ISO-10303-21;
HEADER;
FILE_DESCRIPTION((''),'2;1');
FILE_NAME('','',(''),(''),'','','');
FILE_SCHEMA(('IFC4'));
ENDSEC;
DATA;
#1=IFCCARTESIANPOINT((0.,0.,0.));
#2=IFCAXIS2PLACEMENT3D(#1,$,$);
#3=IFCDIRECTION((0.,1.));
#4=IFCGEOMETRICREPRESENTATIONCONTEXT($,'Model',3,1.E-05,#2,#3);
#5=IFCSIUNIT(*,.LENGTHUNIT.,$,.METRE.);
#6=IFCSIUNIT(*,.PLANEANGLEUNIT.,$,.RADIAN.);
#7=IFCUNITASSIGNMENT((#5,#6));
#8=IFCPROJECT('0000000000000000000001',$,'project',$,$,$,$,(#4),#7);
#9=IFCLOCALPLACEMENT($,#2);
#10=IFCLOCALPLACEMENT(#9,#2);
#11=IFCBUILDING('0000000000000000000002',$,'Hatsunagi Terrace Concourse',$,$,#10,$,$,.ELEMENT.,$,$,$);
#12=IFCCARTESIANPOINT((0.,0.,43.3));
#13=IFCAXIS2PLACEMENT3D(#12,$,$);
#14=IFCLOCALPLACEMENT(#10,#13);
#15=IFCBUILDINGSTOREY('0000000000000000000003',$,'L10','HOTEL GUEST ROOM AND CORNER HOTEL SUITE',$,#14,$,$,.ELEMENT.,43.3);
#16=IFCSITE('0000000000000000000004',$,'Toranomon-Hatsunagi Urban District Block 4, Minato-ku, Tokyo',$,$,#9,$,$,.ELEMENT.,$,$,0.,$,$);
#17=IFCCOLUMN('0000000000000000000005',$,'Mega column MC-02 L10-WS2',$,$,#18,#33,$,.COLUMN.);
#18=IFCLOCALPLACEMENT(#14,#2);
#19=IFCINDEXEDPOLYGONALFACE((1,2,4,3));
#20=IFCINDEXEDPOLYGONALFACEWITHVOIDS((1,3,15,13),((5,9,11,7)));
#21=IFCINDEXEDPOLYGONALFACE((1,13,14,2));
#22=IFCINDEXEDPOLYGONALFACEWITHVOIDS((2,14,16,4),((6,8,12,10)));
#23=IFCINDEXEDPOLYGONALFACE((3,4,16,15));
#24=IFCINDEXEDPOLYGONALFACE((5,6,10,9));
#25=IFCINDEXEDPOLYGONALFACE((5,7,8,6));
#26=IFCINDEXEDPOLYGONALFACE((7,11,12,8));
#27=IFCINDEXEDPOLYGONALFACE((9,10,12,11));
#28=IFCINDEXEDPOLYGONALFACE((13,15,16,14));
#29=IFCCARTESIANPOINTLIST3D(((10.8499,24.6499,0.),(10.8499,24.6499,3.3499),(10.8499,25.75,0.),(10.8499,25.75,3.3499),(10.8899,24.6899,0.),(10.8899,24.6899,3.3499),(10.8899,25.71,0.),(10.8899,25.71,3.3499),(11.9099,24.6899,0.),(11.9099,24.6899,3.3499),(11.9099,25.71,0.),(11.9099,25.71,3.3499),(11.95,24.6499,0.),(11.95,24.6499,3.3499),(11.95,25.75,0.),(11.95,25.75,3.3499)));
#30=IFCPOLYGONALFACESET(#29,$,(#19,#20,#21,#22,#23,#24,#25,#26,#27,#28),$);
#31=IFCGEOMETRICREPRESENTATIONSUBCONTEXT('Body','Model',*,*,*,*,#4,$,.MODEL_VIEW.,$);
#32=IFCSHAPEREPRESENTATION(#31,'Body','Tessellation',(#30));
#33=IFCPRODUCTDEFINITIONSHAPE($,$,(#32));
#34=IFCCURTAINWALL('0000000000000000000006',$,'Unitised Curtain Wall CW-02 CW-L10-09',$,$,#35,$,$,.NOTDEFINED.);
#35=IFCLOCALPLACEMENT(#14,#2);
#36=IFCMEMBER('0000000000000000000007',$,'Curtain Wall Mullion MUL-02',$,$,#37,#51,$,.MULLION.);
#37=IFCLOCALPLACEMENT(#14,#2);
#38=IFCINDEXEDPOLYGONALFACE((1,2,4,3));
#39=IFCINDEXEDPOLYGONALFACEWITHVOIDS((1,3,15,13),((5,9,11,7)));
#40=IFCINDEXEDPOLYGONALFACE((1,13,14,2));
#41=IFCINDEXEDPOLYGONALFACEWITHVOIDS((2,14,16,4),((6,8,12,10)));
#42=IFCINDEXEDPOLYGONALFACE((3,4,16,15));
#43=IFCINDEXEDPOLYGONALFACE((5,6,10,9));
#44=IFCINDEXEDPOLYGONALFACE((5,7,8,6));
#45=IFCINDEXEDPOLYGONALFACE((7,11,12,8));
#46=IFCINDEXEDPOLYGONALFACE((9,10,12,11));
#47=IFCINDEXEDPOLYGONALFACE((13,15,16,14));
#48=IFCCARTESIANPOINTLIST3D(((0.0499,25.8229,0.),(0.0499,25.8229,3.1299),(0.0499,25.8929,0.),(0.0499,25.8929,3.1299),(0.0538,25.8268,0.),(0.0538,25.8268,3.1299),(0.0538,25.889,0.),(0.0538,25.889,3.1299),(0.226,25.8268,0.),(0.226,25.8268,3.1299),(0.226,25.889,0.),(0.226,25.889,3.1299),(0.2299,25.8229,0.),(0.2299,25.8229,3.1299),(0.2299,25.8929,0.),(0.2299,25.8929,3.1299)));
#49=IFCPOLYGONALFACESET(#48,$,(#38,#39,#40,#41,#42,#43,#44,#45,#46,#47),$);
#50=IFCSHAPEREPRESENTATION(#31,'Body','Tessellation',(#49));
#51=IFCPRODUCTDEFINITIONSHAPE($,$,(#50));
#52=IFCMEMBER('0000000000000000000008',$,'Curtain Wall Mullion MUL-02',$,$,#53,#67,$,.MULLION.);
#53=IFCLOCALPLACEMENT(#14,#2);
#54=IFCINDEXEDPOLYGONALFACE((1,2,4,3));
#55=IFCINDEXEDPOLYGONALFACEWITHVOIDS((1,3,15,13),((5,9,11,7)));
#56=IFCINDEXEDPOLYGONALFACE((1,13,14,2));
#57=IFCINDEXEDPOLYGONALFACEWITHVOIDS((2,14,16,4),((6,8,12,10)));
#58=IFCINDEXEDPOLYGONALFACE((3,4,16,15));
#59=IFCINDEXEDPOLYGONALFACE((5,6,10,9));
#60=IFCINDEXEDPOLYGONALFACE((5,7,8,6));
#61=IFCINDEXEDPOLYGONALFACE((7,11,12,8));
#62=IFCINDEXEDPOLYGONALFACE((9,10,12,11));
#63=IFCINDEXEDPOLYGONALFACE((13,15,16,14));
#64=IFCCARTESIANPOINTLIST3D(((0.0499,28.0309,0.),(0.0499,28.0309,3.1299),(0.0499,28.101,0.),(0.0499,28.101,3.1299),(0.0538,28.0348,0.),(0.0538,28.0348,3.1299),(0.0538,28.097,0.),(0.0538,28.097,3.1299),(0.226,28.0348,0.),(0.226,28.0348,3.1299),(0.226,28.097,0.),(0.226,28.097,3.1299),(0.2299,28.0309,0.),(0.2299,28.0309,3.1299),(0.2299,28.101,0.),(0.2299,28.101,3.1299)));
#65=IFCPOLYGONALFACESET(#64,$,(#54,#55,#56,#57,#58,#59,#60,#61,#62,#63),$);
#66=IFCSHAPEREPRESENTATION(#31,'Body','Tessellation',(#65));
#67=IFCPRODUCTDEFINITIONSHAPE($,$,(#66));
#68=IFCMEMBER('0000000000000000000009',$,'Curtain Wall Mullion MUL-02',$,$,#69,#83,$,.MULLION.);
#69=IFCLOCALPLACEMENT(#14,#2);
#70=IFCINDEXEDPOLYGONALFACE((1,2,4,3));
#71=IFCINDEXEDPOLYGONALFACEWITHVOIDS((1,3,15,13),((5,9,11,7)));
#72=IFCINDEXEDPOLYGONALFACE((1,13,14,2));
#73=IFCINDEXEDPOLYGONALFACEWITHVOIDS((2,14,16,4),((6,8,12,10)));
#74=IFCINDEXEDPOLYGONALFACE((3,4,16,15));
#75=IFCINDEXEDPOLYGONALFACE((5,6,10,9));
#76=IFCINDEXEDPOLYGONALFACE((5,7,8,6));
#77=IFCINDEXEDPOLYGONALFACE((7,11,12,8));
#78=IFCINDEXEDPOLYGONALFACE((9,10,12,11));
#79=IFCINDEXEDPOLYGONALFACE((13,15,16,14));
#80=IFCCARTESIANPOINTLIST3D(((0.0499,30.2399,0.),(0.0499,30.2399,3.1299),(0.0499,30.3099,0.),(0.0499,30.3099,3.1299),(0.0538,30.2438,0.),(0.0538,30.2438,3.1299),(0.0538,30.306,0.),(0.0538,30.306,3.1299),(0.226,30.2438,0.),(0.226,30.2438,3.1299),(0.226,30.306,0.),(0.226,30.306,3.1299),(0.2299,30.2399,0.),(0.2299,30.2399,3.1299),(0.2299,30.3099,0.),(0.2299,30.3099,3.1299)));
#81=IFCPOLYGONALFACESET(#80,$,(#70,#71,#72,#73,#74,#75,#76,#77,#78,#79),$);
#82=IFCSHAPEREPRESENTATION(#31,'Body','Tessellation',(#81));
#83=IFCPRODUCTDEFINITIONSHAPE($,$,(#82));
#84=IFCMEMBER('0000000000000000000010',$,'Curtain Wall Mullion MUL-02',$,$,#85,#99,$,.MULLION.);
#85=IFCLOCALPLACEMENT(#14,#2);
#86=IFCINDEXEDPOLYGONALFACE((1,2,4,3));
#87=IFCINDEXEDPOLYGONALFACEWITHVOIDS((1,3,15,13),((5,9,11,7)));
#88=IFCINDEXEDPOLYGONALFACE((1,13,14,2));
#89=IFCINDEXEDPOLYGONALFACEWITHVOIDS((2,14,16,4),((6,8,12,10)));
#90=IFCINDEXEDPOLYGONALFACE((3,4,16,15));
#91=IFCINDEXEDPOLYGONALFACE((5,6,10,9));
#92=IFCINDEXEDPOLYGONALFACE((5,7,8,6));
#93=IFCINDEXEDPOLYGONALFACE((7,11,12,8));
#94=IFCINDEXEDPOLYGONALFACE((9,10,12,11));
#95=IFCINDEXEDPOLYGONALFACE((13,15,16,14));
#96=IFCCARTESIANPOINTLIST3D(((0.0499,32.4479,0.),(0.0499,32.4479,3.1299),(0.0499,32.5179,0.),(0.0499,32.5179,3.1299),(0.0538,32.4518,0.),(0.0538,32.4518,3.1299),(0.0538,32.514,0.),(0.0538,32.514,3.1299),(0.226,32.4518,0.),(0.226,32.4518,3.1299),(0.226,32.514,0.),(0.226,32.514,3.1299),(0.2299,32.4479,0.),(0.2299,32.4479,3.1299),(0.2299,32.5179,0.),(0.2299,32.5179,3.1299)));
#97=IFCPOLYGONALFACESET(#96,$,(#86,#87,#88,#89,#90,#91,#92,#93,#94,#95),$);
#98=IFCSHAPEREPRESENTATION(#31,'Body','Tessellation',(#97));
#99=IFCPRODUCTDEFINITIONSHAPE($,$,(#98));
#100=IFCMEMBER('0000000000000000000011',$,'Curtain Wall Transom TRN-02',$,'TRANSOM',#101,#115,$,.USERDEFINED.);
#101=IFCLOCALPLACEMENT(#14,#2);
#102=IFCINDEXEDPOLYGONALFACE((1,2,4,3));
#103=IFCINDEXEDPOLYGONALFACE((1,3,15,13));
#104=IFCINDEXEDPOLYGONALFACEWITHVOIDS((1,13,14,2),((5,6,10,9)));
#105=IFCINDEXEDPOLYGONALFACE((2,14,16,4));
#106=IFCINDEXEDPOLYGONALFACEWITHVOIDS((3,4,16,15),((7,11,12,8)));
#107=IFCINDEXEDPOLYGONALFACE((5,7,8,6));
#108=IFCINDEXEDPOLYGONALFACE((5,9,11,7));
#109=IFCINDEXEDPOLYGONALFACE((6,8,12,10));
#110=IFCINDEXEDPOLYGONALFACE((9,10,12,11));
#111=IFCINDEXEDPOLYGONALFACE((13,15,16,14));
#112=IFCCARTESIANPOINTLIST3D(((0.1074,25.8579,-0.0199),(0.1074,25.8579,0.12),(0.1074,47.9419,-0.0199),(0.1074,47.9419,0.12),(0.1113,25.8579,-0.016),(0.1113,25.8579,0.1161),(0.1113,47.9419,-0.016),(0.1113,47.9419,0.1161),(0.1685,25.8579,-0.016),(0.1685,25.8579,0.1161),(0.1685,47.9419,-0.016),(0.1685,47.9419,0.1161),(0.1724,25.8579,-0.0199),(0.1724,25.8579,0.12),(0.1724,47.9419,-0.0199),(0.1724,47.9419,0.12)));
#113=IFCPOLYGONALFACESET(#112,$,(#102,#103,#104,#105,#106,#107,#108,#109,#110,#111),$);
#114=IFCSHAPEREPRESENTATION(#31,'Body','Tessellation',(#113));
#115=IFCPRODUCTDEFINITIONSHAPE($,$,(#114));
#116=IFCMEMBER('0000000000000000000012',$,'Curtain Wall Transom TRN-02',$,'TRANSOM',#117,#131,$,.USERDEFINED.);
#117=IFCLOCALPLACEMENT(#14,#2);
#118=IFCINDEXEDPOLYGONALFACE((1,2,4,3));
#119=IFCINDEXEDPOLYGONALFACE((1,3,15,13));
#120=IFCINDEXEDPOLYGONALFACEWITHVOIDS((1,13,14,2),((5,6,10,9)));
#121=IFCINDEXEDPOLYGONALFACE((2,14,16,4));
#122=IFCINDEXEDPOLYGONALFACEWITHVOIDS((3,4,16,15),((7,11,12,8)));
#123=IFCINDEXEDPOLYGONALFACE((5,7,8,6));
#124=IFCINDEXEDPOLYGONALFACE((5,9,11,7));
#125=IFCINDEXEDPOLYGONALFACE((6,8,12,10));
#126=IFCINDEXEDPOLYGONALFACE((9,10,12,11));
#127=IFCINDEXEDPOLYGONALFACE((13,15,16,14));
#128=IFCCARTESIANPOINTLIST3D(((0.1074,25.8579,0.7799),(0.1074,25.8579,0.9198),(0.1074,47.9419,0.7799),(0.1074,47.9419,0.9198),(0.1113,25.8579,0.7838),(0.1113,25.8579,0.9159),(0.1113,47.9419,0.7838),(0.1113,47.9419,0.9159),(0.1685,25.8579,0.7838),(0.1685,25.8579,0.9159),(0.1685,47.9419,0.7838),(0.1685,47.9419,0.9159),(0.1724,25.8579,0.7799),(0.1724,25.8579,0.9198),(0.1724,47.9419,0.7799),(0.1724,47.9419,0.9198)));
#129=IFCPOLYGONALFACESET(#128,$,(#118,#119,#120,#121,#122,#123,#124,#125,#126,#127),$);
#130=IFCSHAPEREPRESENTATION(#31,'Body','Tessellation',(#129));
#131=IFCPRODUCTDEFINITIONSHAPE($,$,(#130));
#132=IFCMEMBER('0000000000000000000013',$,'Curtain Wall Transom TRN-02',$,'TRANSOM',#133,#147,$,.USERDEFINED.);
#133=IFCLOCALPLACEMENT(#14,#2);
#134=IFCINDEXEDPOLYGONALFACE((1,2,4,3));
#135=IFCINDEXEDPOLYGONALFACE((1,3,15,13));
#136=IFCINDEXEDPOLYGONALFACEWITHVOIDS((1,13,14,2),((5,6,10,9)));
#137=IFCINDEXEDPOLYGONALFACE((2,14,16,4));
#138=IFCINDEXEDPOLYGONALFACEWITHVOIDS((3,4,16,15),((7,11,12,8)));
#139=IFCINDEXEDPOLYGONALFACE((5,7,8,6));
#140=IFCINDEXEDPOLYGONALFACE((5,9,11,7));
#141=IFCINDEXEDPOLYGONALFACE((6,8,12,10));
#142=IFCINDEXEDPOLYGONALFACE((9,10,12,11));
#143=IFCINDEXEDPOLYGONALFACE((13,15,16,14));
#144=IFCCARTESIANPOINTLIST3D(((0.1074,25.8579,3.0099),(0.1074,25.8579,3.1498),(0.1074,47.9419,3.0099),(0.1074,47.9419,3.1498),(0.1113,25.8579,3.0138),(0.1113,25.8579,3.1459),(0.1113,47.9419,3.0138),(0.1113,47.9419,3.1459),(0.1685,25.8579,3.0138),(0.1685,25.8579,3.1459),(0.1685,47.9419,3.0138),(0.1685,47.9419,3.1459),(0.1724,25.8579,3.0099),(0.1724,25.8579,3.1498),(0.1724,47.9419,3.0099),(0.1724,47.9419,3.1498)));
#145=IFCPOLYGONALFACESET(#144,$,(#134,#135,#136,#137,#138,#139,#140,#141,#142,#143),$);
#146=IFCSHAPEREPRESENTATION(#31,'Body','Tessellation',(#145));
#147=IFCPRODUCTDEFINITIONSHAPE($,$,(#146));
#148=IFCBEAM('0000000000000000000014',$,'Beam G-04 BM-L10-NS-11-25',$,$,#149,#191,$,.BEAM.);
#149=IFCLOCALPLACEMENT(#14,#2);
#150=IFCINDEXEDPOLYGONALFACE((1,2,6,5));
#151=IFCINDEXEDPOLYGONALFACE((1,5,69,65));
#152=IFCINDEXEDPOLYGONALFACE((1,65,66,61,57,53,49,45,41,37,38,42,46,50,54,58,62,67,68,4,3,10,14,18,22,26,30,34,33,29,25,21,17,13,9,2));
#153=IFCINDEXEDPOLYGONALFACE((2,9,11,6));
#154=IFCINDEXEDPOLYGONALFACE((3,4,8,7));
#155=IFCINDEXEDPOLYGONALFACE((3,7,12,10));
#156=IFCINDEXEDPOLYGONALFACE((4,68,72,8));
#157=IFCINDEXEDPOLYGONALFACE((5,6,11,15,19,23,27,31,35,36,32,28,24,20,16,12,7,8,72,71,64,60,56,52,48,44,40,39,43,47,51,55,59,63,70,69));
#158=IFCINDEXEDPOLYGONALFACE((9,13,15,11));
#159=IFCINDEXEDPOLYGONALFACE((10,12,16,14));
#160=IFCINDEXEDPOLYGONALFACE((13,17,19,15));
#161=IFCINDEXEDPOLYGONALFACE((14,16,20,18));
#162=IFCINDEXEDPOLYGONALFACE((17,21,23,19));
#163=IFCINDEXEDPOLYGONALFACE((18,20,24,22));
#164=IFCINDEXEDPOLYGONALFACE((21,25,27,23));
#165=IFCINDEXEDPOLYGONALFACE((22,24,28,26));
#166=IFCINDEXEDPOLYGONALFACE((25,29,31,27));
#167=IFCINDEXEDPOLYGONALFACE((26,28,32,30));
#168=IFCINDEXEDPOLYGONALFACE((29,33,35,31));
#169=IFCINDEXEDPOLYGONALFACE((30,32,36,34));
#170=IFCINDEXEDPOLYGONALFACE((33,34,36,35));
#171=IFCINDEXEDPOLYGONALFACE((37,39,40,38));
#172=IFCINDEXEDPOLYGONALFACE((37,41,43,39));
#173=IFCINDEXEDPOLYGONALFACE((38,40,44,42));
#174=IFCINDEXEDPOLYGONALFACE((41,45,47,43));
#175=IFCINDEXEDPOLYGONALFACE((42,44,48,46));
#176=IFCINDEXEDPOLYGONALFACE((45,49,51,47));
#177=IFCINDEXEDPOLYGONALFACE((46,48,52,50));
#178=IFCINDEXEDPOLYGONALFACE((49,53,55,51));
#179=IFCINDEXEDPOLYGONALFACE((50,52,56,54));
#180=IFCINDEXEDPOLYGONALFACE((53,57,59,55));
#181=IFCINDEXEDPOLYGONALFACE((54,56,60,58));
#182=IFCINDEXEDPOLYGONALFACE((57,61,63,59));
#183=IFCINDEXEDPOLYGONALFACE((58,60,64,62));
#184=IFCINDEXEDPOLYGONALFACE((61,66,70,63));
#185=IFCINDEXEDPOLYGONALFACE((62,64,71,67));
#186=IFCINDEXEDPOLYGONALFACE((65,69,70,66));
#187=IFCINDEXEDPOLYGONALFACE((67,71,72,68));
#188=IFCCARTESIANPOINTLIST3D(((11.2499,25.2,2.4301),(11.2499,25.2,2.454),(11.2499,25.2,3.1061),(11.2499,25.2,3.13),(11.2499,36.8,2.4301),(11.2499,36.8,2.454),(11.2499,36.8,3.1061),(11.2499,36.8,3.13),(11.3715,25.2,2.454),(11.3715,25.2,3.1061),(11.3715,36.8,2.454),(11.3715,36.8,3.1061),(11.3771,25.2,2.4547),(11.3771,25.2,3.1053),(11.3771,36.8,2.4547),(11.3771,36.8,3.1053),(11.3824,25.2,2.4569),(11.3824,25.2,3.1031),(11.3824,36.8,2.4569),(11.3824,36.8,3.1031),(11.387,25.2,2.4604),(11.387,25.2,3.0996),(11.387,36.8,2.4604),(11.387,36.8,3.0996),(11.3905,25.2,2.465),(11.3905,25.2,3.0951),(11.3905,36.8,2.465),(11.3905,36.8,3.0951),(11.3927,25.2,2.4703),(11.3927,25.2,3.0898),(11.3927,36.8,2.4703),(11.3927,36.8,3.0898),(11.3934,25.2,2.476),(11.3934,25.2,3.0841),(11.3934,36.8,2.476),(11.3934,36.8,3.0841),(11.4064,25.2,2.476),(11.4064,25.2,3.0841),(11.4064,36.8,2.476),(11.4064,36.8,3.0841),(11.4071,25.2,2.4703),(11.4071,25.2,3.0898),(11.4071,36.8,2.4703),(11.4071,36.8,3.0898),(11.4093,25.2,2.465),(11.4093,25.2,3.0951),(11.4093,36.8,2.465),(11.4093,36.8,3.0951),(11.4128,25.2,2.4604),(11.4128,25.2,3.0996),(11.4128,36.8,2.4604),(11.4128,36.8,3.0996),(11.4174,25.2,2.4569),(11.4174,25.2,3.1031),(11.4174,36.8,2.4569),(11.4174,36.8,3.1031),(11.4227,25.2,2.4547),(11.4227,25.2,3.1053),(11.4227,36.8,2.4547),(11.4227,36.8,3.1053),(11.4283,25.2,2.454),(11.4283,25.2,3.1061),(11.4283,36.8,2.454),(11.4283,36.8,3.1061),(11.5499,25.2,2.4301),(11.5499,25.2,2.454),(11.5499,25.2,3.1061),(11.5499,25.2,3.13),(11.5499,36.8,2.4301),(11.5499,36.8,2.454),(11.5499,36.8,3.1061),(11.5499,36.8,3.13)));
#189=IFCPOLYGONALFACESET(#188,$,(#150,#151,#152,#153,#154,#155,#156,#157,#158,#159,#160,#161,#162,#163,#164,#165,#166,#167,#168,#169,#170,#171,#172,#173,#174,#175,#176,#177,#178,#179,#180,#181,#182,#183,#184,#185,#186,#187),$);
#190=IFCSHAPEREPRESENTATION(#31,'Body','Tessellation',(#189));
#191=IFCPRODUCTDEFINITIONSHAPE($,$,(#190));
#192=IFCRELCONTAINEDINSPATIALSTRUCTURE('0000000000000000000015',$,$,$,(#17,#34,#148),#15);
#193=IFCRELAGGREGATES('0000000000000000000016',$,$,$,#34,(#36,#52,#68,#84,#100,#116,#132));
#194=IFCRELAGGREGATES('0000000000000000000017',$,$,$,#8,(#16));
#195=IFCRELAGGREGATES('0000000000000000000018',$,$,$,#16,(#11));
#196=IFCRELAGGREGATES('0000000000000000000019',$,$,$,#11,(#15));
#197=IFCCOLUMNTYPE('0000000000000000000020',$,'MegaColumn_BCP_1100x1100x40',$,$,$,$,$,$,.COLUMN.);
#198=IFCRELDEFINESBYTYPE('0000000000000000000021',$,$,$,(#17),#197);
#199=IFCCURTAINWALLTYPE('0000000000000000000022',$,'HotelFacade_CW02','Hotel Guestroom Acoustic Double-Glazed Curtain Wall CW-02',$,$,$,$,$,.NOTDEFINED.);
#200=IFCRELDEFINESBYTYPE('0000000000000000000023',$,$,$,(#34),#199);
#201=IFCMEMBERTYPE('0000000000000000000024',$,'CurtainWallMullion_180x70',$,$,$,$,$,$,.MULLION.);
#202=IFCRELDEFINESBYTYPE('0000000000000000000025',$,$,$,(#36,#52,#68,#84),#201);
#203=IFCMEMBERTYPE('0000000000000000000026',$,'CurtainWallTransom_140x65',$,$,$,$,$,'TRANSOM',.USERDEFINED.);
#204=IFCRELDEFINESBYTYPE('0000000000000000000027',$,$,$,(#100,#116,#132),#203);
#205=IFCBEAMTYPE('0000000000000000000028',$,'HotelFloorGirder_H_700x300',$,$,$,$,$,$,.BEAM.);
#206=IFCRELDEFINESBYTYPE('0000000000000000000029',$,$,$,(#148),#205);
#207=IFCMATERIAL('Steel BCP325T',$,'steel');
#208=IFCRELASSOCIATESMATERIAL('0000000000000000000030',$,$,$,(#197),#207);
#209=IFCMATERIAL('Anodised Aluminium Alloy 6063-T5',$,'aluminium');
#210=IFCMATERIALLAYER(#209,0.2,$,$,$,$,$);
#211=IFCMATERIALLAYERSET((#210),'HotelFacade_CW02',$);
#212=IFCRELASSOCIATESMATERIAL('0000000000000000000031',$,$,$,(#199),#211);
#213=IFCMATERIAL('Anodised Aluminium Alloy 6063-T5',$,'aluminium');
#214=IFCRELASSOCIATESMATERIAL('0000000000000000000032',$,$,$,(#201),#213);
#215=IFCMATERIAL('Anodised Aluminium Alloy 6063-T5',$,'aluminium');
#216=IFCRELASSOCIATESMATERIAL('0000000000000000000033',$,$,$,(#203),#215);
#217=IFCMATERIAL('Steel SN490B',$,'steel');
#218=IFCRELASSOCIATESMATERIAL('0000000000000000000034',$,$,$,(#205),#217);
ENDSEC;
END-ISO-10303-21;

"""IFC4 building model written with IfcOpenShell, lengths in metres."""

from ifc_helpers import new_model, si_unit, direction, frame, origin, origin_2d, place, context, subcontext, project, spatial, hollow_rectangle, i_section, extrude, material, layer, layer_set, material_profile, profile_set, type_object, element, aggregate, save


model = new_model("IFC4")

# Units and contexts
model_context = context("Model", 3, precision=1e-05, world=origin(), true_north=direction((0.0, 1.0)))
body_context = subcontext(model_context, "Body", "Model", "MODEL_VIEW")
ifc_project = project(units=[si_unit("LENGTHUNIT", "METRE"), si_unit("PLANEANGLEUNIT", "RADIAN")], contexts=[model_context])

# Site, building, storey
site_placement = place(None, origin())
site = spatial("IfcSite", under=ifc_project, at=site_placement, Name="Toranomon-Hatsunagi Urban District Block 4, Minato-ku, Tokyo", CompositionType="ELEMENT", RefElevation=0.0)
building_placement = place(site_placement, origin())
building = spatial("IfcBuilding", under=site, at=building_placement, Name="Hatsunagi Terrace Concourse", CompositionType="ELEMENT")
storey_placement = place(building_placement, frame((0.0, 0.0, 43.3)))
storey = spatial("IfcBuildingStorey", under=building, at=storey_placement, Name="L10", Description="HOTEL GUEST ROOM AND CORNER HOTEL SUITE", CompositionType="ELEMENT", Elevation=43.3)

# Column
ifc_material_1 = material(Name="Steel BCP325T", Category="steel")
ifc_material_profile_1 = material_profile(ifc_material_1, hollow_rectangle(XDim=1.1001, YDim=1.1001, WallThickness=0.04, at=origin_2d()), Name="BCP-1100x1100x40")
ifc_profile_set_1 = profile_set([ifc_material_profile_1], Name="Steel BCP325T")
column_type = type_object("IfcColumnType", Name="MegaColumn_BCP_1100x1100x40", PredefinedType="COLUMN", material=ifc_profile_set_1)
column_placement = place(storey_placement, frame((11.3999, 25.2, 0.0), z_axis=(0.0, 0.0, 1.0), x_axis=(1.0, 0.0, 0.0)))
element("IfcColumn", 1, at=column_placement, inside=storey, type_object=column_type, Name="Mega column MC-02 L10-WS2", PredefinedType="COLUMN", context=body_context, shape_type="SweptSolid", body=[
    extrude(hollow_rectangle(XDim=1.1001, YDim=1.1001, WallThickness=0.04, at=origin_2d()), origin(), (0.0, 0.0, 1.0), 3.3499),
])

# Curtain wall, members
ifc_material_2 = material(Name="Anodised Aluminium Alloy 6063-T5", Category="aluminium")
ifc_layer_1 = layer(ifc_material_2, 0.2)
ifc_layer_set_1 = layer_set([ifc_layer_1], Name="HotelFacade_CW02")
curtain_wall_type = type_object("IfcCurtainWallType", Name="HotelFacade_CW02", Description="Hotel Guestroom Acoustic Double-Glazed Curtain Wall CW-02", PredefinedType="NOTDEFINED", material=ifc_layer_set_1)
curtain_wall_placement = place(storey_placement, origin())
curtain_wall = element("IfcCurtainWall", 2, at=curtain_wall_placement, inside=storey, type_object=curtain_wall_type, Name="Unitised Curtain Wall CW-02 CW-L10-09", PredefinedType="NOTDEFINED")
ifc_material_3 = material(Name="Anodised Aluminium Alloy 6063-T5", Category="aluminium")
ifc_material_profile_2 = material_profile(ifc_material_3, hollow_rectangle(XDim=0.0701, YDim=0.1799, WallThickness=0.0039, at=origin_2d()), Name="ALU-MUL-180x70x4")
ifc_profile_set_2 = profile_set([ifc_material_profile_2], Name="Anodised Aluminium Alloy 6063-T5")
member_type_1 = type_object("IfcMemberType", Name="CurtainWallMullion_180x70", PredefinedType="MULLION", material=ifc_profile_set_2)
member_1_placement = place(storey_placement, frame((0.1399, 25.8579, 0.0), z_axis=(0.0, 0.0, 1.0), x_axis=(0.0, 1.0, 0.0)))
member_1 = element("IfcMember", 3, at=member_1_placement, type_object=member_type_1, Name="Curtain Wall Mullion MUL-02", PredefinedType="MULLION", context=body_context, shape_type="SweptSolid", body=[
    extrude(hollow_rectangle(XDim=0.0701, YDim=0.1799, WallThickness=0.0039, at=origin_2d()), origin(), (0.0, 0.0, 1.0), 3.1299),
])
member_2_placement = place(storey_placement, frame((0.1399, 28.0659, 0.0), z_axis=(0.0, 0.0, 1.0), x_axis=(0.0, 1.0, 0.0)))
member_2 = element("IfcMember", 4, at=member_2_placement, type_object=member_type_1, Name="Curtain Wall Mullion MUL-02", PredefinedType="MULLION", context=body_context, shape_type="SweptSolid", body=[
    extrude(hollow_rectangle(XDim=0.0701, YDim=0.1799, WallThickness=0.0039, at=origin_2d()), origin(), (0.0, 0.0, 1.0), 3.1299),
])
member_3_placement = place(storey_placement, frame((0.1399, 30.2749, 0.0), z_axis=(0.0, 0.0, 1.0), x_axis=(0.0, 1.0, 0.0)))
member_3 = element("IfcMember", 5, at=member_3_placement, type_object=member_type_1, Name="Curtain Wall Mullion MUL-02", PredefinedType="MULLION", context=body_context, shape_type="SweptSolid", body=[
    extrude(hollow_rectangle(XDim=0.0701, YDim=0.1799, WallThickness=0.0039, at=origin_2d()), origin(), (0.0, 0.0, 1.0), 3.1299),
])
member_4_placement = place(storey_placement, frame((0.1399, 32.4829, 0.0), z_axis=(0.0, 0.0, 1.0), x_axis=(0.0, 1.0, 0.0)))
member_4 = element("IfcMember", 6, at=member_4_placement, type_object=member_type_1, Name="Curtain Wall Mullion MUL-02", PredefinedType="MULLION", context=body_context, shape_type="SweptSolid", body=[
    extrude(hollow_rectangle(XDim=0.0701, YDim=0.1799, WallThickness=0.0039, at=origin_2d()), origin(), (0.0, 0.0, 1.0), 3.1299),
])
ifc_material_4 = material(Name="Anodised Aluminium Alloy 6063-T5", Category="aluminium")
ifc_material_profile_3 = material_profile(ifc_material_4, hollow_rectangle(XDim=0.0649, YDim=0.1399, WallThickness=0.0039, at=origin_2d()), Name="ALU-TRN-140x65x4")
ifc_profile_set_3 = profile_set([ifc_material_profile_3], Name="Anodised Aluminium Alloy 6063-T5")
member_type_2 = type_object("IfcMemberType", Name="CurtainWallTransom_140x65", ElementType="TRANSOM", PredefinedType="USERDEFINED", material=ifc_profile_set_3)
member_5_placement = place(storey_placement, frame((0.1399, 25.8579, 0.05), z_axis=(0.0, 1.0, 0.0), x_axis=(-1.0, 0.0, 0.0)))
member_5 = element("IfcMember", 7, at=member_5_placement, type_object=member_type_2, Name="Curtain Wall Transom TRN-02", ObjectType="TRANSOM", PredefinedType="USERDEFINED", context=body_context, shape_type="SweptSolid", body=[
    extrude(hollow_rectangle(XDim=0.0649, YDim=0.1399, WallThickness=0.0039, at=origin_2d()), origin(), (0.0, 0.0, 1.0), 22.084),
])
member_6_placement = place(storey_placement, frame((0.1399, 25.8579, 0.8499), z_axis=(0.0, 1.0, 0.0), x_axis=(-1.0, 0.0, 0.0)))
member_6 = element("IfcMember", 8, at=member_6_placement, type_object=member_type_2, Name="Curtain Wall Transom TRN-02", ObjectType="TRANSOM", PredefinedType="USERDEFINED", context=body_context, shape_type="SweptSolid", body=[
    extrude(hollow_rectangle(XDim=0.0649, YDim=0.1399, WallThickness=0.0039, at=origin_2d()), origin(), (0.0, 0.0, 1.0), 22.084),
])
member_7_placement = place(storey_placement, frame((0.1399, 25.8579, 3.0798), z_axis=(0.0, 1.0, 0.0), x_axis=(-1.0, 0.0, 0.0)))
member_7 = element("IfcMember", 9, at=member_7_placement, type_object=member_type_2, Name="Curtain Wall Transom TRN-02", ObjectType="TRANSOM", PredefinedType="USERDEFINED", context=body_context, shape_type="SweptSolid", body=[
    extrude(hollow_rectangle(XDim=0.0649, YDim=0.1399, WallThickness=0.0039, at=origin_2d()), origin(), (0.0, 0.0, 1.0), 22.084),
])

# Beam
ifc_material_5 = material(Name="Steel SN490B", Category="steel")
ifc_material_profile_4 = material_profile(ifc_material_5, i_section(OverallWidth=0.3, OverallDepth=0.7, WebThickness=0.0129, FlangeThickness=0.0239, FilletRadius=0.022, at=origin_2d()), Name="H-700x300x13x24")
ifc_profile_set_4 = profile_set([ifc_material_profile_4], Name="Steel SN490B")
beam_type_1 = type_object("IfcBeamType", Name="HotelFloorGirder_H_700x300", PredefinedType="BEAM", material=ifc_profile_set_4)
beam_1_placement = place(storey_placement, frame((11.3999, 25.2, 2.78), z_axis=(0.0, 1.0, 0.0), x_axis=(-1.0, 0.0, 0.0)))
element("IfcBeam", 10, at=beam_1_placement, inside=storey, type_object=beam_type_1, Name="Beam G-04 BM-L10-NS-11-25", PredefinedType="BEAM", context=body_context, shape_type="SweptSolid", body=[
    extrude(i_section(OverallWidth=0.3, OverallDepth=0.7, WebThickness=0.0129, FlangeThickness=0.0239, FilletRadius=0.022, at=origin_2d()), origin(), (0.0, 0.0, 1.0), 11.6001),
])

aggregate(curtain_wall, [member_1, member_2, member_3, member_4, member_5, member_6, member_7])

save(model, "model.ifc")
